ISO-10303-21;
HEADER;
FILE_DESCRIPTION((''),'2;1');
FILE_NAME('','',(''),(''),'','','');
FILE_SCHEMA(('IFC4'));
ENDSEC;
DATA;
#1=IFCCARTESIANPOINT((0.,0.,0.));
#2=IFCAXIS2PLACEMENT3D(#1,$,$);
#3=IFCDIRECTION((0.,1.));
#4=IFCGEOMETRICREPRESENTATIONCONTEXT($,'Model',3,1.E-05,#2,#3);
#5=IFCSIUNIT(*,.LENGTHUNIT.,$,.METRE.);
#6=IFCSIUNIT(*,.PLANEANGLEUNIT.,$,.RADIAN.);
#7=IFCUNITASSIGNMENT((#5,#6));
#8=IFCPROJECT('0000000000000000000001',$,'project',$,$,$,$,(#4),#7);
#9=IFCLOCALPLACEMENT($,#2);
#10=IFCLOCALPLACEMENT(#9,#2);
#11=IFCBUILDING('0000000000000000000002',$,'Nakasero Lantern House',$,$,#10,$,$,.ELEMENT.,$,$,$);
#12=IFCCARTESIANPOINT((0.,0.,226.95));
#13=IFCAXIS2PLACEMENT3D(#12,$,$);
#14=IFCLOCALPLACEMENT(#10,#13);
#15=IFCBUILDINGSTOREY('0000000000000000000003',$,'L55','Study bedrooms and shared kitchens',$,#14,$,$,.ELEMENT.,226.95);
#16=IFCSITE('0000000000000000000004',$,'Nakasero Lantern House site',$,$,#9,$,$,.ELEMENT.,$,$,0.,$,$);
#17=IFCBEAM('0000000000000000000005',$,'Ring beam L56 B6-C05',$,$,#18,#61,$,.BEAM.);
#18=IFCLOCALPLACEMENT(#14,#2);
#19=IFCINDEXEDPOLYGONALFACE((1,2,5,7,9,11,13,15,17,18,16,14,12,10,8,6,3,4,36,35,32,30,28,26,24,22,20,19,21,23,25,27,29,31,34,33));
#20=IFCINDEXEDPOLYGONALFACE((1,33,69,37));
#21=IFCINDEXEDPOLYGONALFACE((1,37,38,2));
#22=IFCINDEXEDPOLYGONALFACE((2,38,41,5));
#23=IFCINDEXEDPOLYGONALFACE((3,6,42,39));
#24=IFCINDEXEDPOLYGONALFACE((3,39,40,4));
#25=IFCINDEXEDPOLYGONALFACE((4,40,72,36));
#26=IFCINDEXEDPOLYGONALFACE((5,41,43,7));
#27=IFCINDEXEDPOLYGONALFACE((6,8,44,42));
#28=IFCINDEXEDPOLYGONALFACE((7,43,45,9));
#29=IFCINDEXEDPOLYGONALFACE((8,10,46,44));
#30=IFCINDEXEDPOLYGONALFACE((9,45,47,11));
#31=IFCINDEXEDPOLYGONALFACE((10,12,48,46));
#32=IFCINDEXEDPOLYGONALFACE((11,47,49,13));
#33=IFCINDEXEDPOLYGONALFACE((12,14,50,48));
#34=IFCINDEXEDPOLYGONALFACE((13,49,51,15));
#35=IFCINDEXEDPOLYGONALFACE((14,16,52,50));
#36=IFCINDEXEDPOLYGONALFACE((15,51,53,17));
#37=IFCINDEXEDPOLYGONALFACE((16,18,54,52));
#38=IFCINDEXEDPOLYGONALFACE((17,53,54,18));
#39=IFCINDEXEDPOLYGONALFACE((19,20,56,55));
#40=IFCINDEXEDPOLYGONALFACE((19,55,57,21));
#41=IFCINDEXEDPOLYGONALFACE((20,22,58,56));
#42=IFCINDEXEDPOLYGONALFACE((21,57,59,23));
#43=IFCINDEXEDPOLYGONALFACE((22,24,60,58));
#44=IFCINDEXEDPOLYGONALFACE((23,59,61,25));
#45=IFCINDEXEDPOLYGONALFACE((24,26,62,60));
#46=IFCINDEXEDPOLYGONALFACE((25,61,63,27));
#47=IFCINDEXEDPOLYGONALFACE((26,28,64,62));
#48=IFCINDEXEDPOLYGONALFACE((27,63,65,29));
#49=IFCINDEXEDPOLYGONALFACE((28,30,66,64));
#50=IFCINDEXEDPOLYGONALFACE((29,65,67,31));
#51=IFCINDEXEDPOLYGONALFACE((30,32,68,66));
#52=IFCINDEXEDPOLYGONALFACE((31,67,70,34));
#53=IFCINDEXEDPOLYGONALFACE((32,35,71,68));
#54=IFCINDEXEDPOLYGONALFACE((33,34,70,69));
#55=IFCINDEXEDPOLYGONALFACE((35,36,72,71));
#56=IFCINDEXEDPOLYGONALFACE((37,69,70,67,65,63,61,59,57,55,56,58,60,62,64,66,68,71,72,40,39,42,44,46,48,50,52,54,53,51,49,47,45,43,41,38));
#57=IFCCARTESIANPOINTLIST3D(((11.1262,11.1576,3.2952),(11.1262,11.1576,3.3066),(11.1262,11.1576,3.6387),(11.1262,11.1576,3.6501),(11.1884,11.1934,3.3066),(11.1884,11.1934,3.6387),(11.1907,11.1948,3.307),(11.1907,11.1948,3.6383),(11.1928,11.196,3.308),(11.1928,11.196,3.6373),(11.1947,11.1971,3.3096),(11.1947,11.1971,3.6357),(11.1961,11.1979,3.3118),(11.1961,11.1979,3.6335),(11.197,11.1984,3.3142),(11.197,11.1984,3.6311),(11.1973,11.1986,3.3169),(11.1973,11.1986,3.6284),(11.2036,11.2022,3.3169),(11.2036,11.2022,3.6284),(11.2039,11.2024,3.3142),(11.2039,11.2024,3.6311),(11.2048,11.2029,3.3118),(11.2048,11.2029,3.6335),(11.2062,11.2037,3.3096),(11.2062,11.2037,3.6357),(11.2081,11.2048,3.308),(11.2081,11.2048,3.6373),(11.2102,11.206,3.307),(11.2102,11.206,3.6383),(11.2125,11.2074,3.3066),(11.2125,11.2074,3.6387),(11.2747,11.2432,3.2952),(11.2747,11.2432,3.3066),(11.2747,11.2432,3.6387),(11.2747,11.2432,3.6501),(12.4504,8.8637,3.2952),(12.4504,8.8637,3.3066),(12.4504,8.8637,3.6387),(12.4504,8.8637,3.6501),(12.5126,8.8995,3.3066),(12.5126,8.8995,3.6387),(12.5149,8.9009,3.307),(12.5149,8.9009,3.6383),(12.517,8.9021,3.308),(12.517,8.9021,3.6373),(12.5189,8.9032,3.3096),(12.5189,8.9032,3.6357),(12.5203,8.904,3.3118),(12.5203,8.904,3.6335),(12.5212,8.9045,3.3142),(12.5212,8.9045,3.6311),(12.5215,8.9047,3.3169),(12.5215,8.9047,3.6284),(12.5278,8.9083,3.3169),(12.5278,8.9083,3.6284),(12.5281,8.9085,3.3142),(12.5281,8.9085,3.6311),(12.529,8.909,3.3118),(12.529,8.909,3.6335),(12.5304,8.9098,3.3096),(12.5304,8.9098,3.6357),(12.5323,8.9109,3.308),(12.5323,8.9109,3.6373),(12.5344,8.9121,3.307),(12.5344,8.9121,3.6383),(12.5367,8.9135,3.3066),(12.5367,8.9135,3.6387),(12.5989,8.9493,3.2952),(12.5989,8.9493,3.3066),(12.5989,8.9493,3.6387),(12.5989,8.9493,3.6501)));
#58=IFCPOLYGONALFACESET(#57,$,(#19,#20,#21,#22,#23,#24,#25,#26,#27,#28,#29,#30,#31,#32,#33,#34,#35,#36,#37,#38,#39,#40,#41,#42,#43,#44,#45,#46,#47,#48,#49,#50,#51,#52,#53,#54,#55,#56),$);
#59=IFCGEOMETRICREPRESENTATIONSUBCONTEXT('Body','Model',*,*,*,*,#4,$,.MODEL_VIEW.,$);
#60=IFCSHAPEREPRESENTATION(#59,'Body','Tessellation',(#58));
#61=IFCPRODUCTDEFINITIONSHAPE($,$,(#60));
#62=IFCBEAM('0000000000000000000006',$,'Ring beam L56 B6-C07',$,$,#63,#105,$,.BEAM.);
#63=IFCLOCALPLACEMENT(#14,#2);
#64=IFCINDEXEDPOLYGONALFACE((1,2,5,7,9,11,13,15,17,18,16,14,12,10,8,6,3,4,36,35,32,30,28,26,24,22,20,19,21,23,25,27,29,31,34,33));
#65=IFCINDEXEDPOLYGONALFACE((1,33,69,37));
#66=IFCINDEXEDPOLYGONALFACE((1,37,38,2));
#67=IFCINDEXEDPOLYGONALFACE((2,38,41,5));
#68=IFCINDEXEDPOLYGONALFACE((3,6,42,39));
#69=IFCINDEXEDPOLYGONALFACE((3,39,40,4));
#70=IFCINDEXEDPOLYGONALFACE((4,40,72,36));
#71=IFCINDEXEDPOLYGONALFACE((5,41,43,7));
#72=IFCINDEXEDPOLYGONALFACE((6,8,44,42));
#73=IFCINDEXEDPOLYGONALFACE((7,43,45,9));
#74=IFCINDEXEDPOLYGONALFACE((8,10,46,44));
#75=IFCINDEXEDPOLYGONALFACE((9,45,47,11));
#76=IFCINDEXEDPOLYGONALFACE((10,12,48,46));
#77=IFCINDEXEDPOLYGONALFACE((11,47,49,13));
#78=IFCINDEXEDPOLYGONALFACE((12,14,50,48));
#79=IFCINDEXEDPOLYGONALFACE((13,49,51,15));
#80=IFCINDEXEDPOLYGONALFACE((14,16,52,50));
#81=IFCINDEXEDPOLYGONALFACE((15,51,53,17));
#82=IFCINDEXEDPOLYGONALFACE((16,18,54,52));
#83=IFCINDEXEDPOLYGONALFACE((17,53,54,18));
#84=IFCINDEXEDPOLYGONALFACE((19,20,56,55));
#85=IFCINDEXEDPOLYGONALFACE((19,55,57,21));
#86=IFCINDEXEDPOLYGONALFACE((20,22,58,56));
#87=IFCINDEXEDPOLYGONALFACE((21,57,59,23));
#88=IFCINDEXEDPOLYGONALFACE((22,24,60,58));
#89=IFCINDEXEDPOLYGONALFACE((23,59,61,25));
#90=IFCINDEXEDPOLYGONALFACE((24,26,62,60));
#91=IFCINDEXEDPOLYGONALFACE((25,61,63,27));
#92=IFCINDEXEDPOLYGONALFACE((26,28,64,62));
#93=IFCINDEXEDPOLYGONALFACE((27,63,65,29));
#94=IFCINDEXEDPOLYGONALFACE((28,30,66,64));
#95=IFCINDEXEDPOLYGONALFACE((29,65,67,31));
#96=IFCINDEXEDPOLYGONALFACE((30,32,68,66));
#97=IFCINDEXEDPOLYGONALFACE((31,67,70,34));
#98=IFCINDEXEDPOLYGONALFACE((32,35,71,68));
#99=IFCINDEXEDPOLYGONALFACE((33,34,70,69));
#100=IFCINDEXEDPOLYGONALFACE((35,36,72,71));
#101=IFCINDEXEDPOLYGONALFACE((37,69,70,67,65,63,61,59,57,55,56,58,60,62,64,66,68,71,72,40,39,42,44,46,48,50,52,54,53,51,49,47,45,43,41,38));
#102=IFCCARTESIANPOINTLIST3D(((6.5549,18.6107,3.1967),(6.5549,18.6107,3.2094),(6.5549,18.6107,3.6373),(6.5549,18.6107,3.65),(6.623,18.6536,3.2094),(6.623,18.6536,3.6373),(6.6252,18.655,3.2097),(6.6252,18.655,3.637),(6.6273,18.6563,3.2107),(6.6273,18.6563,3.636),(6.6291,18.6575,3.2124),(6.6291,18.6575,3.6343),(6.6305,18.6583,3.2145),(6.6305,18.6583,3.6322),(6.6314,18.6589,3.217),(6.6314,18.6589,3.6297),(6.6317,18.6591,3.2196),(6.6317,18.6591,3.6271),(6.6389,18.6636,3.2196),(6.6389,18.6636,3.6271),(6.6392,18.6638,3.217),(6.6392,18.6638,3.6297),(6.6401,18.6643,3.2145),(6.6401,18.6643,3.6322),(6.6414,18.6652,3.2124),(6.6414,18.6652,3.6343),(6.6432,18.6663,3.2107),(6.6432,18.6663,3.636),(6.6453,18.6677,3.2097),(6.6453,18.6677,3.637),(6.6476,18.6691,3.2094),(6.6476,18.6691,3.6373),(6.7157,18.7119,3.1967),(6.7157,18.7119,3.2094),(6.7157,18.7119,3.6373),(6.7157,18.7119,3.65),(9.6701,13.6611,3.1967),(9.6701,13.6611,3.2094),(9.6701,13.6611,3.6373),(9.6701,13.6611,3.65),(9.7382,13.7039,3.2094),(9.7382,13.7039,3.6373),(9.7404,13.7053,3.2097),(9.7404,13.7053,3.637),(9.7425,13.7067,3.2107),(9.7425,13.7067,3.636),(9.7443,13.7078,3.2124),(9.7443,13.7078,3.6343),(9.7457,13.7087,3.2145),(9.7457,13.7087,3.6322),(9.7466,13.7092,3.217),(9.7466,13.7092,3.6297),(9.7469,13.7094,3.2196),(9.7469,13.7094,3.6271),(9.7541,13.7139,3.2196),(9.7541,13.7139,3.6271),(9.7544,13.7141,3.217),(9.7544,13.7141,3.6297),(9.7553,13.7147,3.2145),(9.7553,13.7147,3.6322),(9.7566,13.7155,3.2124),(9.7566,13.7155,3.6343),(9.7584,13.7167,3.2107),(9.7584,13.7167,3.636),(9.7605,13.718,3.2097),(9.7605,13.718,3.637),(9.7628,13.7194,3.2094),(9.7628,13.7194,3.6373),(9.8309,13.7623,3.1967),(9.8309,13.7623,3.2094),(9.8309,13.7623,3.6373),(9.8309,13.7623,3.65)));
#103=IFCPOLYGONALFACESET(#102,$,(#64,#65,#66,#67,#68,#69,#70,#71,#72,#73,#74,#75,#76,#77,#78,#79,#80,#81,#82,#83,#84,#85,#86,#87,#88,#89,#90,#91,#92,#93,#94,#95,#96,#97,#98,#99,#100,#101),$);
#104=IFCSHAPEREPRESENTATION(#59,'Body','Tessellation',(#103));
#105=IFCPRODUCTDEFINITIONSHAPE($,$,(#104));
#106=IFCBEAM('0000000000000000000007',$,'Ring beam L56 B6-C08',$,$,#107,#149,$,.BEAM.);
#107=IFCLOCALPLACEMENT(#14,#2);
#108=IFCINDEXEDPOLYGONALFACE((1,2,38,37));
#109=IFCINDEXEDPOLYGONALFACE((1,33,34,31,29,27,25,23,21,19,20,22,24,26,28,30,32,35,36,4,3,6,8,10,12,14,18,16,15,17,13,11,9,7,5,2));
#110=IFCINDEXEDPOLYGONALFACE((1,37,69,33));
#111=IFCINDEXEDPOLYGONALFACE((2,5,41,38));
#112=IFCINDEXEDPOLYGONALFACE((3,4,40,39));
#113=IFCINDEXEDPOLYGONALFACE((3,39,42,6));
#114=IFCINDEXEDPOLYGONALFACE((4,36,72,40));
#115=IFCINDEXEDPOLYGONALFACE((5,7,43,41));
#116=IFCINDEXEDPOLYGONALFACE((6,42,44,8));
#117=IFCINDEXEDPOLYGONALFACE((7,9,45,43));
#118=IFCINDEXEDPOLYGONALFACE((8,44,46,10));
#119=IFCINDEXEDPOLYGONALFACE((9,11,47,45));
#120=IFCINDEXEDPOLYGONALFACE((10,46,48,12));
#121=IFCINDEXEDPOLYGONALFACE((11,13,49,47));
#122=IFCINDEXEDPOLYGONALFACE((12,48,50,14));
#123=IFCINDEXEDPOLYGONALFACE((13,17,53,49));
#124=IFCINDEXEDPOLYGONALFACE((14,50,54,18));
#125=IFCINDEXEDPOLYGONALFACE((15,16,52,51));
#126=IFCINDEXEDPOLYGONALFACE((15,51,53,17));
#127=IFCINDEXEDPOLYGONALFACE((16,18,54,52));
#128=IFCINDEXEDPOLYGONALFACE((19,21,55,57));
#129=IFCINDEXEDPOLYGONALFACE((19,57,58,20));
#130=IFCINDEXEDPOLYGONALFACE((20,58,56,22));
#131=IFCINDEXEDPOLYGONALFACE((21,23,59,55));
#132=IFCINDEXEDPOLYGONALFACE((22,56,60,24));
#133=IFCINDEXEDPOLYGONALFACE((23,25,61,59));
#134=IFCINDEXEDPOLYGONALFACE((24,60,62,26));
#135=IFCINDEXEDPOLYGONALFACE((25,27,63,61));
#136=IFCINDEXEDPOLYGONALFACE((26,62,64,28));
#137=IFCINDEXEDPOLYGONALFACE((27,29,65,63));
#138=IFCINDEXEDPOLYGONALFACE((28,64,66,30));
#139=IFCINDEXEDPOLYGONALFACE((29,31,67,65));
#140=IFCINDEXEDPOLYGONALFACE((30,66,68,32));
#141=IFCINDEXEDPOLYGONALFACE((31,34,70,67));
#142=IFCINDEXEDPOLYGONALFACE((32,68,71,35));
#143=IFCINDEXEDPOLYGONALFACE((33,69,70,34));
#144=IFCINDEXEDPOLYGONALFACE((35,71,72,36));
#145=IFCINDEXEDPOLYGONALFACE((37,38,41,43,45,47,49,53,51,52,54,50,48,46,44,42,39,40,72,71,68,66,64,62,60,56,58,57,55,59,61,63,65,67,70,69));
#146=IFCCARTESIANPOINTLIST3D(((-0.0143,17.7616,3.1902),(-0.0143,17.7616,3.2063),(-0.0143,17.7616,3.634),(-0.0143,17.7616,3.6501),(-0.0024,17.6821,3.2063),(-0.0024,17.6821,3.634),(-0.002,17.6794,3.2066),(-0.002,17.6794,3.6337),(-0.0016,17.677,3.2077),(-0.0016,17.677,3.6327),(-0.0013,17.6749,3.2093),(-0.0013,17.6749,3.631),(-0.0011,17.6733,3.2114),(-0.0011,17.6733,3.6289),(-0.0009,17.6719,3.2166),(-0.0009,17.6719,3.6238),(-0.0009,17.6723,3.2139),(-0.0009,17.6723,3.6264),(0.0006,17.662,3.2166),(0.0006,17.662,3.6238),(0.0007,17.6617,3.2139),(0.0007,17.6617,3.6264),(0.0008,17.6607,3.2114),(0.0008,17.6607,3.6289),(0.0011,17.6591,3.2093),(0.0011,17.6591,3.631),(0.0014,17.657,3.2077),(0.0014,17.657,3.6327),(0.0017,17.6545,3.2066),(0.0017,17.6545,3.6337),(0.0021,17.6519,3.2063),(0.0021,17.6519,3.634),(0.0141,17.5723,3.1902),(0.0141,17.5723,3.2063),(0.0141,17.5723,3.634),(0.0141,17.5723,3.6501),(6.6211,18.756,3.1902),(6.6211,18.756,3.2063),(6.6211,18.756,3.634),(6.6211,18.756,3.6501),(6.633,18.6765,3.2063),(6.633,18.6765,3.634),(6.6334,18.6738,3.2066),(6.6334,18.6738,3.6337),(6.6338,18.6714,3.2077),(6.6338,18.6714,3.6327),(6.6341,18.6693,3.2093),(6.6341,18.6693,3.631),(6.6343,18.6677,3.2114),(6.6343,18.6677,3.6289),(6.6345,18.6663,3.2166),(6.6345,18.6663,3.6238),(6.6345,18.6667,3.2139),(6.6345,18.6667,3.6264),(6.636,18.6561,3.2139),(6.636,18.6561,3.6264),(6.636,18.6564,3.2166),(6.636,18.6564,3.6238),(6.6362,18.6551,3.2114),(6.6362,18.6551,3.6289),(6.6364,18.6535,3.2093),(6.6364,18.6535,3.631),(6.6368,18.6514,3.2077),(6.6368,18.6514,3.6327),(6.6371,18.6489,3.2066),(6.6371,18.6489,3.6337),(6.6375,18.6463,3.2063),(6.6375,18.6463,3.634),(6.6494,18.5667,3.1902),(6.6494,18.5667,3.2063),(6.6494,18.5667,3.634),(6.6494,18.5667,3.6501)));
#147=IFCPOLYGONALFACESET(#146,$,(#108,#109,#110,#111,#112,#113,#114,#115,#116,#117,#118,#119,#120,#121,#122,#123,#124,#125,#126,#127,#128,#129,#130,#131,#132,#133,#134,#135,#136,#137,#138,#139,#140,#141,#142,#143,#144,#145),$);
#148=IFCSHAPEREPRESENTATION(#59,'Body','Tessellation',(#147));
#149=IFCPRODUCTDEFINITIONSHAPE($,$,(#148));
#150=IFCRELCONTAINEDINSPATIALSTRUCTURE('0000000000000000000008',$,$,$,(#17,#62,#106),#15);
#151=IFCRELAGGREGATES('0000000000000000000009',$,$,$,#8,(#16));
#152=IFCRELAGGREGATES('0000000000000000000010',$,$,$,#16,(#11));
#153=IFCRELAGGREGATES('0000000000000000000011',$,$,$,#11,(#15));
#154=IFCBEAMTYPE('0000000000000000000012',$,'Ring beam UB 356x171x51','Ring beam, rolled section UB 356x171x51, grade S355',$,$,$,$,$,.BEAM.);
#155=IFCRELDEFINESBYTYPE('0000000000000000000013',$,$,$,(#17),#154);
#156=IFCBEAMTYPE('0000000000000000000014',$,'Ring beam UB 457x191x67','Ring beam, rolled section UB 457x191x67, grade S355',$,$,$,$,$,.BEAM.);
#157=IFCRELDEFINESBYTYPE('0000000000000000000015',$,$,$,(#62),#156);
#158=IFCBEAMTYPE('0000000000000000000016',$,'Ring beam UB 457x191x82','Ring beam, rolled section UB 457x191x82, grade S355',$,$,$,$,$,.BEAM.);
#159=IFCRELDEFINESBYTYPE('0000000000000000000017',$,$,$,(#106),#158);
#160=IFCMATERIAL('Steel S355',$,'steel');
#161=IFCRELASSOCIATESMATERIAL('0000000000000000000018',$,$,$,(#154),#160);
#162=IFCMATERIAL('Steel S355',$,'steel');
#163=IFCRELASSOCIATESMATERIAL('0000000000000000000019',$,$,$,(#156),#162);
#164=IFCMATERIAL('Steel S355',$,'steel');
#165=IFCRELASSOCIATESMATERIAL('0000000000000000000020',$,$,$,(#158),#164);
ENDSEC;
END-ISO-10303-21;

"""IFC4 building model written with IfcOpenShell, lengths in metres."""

from ifc_helpers import new_model, si_unit, direction, frame, origin, origin_2d, place, context, subcontext, project, spatial, i_section, extrude, material, material_profile, profile_set, type_object, element, save


model = new_model("IFC4")

# Units and contexts
model_context = context("Model", 3, precision=1e-05, world=origin(), true_north=direction((0.0, 1.0)))
body_context = subcontext(model_context, "Body", "Model", "MODEL_VIEW")
ifc_project = project(units=[si_unit("LENGTHUNIT", "METRE"), si_unit("PLANEANGLEUNIT", "RADIAN")], contexts=[model_context])

# Site, building, storey
site_placement = place(None, origin())
site = spatial("IfcSite", under=ifc_project, at=site_placement, Name="Nakasero Lantern House site", CompositionType="ELEMENT", RefElevation=0.0)
building_placement = place(site_placement, origin())
building = spatial("IfcBuilding", under=site, at=building_placement, Name="Nakasero Lantern House", CompositionType="ELEMENT")
storey_placement = place(building_placement, frame((0.0, 0.0, 226.95)))
storey = spatial("IfcBuildingStorey", under=building, at=storey_placement, Name="L55", Description="Study bedrooms and shared kitchens", CompositionType="ELEMENT", Elevation=226.95)

# Beams
ifc_material_1 = material(Name="Steel S355", Category="steel")
ifc_material_profile_1 = material_profile(ifc_material_1, i_section(OverallWidth=0.1714, OverallDepth=0.355, WebThickness=0.0073, FlangeThickness=0.0115, FilletRadius=0.0103, at=origin_2d()), Name="UB 356x171x51")
ifc_profile_set_1 = profile_set([ifc_material_profile_1], Name="Steel S355")
beam_type_1 = type_object("IfcBeamType", Name="Ring beam UB 356x171x51", Description="Ring beam, rolled section UB 356x171x51, grade S355", PredefinedType="BEAM", material=ifc_profile_set_1)
beam_1_placement = place(storey_placement, frame((12.5247, 8.9065, 3.4727), z_axis=(-0.499946, 0.866057, 0.0), x_axis=(-0.866057, -0.499946, 0.0)))
element("IfcBeam", 1, at=beam_1_placement, inside=storey, type_object=beam_type_1, Name="Ring beam L56 B6-C05", PredefinedType="BEAM", context=body_context, shape_type="SweptSolid", body=[
    extrude(i_section(OverallWidth=0.1714, OverallDepth=0.355, WebThickness=0.0073, FlangeThickness=0.0115, FilletRadius=0.0103, at=origin_2d()), origin(), (0.0, 0.0, 1.0), 2.6487),
])
ifc_material_2 = material(Name="Steel S355", Category="steel")
ifc_material_profile_2 = material_profile(ifc_material_2, i_section(OverallWidth=0.1899, OverallDepth=0.4534, WebThickness=0.0085, FlangeThickness=0.0127, FilletRadius=0.0103, at=origin_2d()), Name="UB 457x191x67")
ifc_profile_set_2 = profile_set([ifc_material_profile_2], Name="Steel S355")
beam_type_2 = type_object("IfcBeamType", Name="Ring beam UB 457x191x67", Description="Ring beam, rolled section UB 457x191x67, grade S355", PredefinedType="BEAM", material=ifc_profile_set_2)
beam_2_placement = place(storey_placement, frame((9.7505, 13.7117, 3.4233), z_axis=(-0.53266, 0.846329, 0.0), x_axis=(-0.846329, -0.53266, 0.0)))
element("IfcBeam", 2, at=beam_2_placement, inside=storey, type_object=beam_type_2, Name="Ring beam L56 B6-C07", PredefinedType="BEAM", context=body_context, shape_type="SweptSolid", body=[
    extrude(i_section(OverallWidth=0.1899, OverallDepth=0.4534, WebThickness=0.0085, FlangeThickness=0.0127, FilletRadius=0.0103, at=origin_2d()), origin(), (0.0, 0.0, 1.0), 5.8484),
])
ifc_material_3 = material(Name="Steel S355", Category="steel")
ifc_material_profile_3 = material_profile(ifc_material_3, i_section(OverallWidth=0.1914, OverallDepth=0.46, WebThickness=0.01, FlangeThickness=0.0161, FilletRadius=0.0103, at=origin_2d()), Name="UB 457x191x82")
ifc_profile_set_3 = profile_set([ifc_material_profile_3], Name="Steel S355")
beam_type_3 = type_object("IfcBeamType", Name="Ring beam UB 457x191x82", Description="Ring beam, rolled section UB 457x191x82, grade S355", PredefinedType="BEAM", material=ifc_profile_set_3)
beam_3_placement = place(storey_placement, frame((6.6353, 18.6614, 3.4202), z_axis=(-0.988956, -0.148209, 0.0), x_axis=(0.148209, -0.988956, 0.0)))
element("IfcBeam", 3, at=beam_3_placement, inside=storey, type_object=beam_type_3, Name="Ring beam L56 B6-C08", PredefinedType="BEAM", context=body_context, shape_type="SweptSolid", body=[
    extrude(i_section(OverallWidth=0.1914, OverallDepth=0.46, WebThickness=0.01, FlangeThickness=0.0161, FilletRadius=0.0103, at=origin_2d()), origin(), (0.0, 0.0, 1.0), 6.7095),
])

save(model, "model.ifc")
